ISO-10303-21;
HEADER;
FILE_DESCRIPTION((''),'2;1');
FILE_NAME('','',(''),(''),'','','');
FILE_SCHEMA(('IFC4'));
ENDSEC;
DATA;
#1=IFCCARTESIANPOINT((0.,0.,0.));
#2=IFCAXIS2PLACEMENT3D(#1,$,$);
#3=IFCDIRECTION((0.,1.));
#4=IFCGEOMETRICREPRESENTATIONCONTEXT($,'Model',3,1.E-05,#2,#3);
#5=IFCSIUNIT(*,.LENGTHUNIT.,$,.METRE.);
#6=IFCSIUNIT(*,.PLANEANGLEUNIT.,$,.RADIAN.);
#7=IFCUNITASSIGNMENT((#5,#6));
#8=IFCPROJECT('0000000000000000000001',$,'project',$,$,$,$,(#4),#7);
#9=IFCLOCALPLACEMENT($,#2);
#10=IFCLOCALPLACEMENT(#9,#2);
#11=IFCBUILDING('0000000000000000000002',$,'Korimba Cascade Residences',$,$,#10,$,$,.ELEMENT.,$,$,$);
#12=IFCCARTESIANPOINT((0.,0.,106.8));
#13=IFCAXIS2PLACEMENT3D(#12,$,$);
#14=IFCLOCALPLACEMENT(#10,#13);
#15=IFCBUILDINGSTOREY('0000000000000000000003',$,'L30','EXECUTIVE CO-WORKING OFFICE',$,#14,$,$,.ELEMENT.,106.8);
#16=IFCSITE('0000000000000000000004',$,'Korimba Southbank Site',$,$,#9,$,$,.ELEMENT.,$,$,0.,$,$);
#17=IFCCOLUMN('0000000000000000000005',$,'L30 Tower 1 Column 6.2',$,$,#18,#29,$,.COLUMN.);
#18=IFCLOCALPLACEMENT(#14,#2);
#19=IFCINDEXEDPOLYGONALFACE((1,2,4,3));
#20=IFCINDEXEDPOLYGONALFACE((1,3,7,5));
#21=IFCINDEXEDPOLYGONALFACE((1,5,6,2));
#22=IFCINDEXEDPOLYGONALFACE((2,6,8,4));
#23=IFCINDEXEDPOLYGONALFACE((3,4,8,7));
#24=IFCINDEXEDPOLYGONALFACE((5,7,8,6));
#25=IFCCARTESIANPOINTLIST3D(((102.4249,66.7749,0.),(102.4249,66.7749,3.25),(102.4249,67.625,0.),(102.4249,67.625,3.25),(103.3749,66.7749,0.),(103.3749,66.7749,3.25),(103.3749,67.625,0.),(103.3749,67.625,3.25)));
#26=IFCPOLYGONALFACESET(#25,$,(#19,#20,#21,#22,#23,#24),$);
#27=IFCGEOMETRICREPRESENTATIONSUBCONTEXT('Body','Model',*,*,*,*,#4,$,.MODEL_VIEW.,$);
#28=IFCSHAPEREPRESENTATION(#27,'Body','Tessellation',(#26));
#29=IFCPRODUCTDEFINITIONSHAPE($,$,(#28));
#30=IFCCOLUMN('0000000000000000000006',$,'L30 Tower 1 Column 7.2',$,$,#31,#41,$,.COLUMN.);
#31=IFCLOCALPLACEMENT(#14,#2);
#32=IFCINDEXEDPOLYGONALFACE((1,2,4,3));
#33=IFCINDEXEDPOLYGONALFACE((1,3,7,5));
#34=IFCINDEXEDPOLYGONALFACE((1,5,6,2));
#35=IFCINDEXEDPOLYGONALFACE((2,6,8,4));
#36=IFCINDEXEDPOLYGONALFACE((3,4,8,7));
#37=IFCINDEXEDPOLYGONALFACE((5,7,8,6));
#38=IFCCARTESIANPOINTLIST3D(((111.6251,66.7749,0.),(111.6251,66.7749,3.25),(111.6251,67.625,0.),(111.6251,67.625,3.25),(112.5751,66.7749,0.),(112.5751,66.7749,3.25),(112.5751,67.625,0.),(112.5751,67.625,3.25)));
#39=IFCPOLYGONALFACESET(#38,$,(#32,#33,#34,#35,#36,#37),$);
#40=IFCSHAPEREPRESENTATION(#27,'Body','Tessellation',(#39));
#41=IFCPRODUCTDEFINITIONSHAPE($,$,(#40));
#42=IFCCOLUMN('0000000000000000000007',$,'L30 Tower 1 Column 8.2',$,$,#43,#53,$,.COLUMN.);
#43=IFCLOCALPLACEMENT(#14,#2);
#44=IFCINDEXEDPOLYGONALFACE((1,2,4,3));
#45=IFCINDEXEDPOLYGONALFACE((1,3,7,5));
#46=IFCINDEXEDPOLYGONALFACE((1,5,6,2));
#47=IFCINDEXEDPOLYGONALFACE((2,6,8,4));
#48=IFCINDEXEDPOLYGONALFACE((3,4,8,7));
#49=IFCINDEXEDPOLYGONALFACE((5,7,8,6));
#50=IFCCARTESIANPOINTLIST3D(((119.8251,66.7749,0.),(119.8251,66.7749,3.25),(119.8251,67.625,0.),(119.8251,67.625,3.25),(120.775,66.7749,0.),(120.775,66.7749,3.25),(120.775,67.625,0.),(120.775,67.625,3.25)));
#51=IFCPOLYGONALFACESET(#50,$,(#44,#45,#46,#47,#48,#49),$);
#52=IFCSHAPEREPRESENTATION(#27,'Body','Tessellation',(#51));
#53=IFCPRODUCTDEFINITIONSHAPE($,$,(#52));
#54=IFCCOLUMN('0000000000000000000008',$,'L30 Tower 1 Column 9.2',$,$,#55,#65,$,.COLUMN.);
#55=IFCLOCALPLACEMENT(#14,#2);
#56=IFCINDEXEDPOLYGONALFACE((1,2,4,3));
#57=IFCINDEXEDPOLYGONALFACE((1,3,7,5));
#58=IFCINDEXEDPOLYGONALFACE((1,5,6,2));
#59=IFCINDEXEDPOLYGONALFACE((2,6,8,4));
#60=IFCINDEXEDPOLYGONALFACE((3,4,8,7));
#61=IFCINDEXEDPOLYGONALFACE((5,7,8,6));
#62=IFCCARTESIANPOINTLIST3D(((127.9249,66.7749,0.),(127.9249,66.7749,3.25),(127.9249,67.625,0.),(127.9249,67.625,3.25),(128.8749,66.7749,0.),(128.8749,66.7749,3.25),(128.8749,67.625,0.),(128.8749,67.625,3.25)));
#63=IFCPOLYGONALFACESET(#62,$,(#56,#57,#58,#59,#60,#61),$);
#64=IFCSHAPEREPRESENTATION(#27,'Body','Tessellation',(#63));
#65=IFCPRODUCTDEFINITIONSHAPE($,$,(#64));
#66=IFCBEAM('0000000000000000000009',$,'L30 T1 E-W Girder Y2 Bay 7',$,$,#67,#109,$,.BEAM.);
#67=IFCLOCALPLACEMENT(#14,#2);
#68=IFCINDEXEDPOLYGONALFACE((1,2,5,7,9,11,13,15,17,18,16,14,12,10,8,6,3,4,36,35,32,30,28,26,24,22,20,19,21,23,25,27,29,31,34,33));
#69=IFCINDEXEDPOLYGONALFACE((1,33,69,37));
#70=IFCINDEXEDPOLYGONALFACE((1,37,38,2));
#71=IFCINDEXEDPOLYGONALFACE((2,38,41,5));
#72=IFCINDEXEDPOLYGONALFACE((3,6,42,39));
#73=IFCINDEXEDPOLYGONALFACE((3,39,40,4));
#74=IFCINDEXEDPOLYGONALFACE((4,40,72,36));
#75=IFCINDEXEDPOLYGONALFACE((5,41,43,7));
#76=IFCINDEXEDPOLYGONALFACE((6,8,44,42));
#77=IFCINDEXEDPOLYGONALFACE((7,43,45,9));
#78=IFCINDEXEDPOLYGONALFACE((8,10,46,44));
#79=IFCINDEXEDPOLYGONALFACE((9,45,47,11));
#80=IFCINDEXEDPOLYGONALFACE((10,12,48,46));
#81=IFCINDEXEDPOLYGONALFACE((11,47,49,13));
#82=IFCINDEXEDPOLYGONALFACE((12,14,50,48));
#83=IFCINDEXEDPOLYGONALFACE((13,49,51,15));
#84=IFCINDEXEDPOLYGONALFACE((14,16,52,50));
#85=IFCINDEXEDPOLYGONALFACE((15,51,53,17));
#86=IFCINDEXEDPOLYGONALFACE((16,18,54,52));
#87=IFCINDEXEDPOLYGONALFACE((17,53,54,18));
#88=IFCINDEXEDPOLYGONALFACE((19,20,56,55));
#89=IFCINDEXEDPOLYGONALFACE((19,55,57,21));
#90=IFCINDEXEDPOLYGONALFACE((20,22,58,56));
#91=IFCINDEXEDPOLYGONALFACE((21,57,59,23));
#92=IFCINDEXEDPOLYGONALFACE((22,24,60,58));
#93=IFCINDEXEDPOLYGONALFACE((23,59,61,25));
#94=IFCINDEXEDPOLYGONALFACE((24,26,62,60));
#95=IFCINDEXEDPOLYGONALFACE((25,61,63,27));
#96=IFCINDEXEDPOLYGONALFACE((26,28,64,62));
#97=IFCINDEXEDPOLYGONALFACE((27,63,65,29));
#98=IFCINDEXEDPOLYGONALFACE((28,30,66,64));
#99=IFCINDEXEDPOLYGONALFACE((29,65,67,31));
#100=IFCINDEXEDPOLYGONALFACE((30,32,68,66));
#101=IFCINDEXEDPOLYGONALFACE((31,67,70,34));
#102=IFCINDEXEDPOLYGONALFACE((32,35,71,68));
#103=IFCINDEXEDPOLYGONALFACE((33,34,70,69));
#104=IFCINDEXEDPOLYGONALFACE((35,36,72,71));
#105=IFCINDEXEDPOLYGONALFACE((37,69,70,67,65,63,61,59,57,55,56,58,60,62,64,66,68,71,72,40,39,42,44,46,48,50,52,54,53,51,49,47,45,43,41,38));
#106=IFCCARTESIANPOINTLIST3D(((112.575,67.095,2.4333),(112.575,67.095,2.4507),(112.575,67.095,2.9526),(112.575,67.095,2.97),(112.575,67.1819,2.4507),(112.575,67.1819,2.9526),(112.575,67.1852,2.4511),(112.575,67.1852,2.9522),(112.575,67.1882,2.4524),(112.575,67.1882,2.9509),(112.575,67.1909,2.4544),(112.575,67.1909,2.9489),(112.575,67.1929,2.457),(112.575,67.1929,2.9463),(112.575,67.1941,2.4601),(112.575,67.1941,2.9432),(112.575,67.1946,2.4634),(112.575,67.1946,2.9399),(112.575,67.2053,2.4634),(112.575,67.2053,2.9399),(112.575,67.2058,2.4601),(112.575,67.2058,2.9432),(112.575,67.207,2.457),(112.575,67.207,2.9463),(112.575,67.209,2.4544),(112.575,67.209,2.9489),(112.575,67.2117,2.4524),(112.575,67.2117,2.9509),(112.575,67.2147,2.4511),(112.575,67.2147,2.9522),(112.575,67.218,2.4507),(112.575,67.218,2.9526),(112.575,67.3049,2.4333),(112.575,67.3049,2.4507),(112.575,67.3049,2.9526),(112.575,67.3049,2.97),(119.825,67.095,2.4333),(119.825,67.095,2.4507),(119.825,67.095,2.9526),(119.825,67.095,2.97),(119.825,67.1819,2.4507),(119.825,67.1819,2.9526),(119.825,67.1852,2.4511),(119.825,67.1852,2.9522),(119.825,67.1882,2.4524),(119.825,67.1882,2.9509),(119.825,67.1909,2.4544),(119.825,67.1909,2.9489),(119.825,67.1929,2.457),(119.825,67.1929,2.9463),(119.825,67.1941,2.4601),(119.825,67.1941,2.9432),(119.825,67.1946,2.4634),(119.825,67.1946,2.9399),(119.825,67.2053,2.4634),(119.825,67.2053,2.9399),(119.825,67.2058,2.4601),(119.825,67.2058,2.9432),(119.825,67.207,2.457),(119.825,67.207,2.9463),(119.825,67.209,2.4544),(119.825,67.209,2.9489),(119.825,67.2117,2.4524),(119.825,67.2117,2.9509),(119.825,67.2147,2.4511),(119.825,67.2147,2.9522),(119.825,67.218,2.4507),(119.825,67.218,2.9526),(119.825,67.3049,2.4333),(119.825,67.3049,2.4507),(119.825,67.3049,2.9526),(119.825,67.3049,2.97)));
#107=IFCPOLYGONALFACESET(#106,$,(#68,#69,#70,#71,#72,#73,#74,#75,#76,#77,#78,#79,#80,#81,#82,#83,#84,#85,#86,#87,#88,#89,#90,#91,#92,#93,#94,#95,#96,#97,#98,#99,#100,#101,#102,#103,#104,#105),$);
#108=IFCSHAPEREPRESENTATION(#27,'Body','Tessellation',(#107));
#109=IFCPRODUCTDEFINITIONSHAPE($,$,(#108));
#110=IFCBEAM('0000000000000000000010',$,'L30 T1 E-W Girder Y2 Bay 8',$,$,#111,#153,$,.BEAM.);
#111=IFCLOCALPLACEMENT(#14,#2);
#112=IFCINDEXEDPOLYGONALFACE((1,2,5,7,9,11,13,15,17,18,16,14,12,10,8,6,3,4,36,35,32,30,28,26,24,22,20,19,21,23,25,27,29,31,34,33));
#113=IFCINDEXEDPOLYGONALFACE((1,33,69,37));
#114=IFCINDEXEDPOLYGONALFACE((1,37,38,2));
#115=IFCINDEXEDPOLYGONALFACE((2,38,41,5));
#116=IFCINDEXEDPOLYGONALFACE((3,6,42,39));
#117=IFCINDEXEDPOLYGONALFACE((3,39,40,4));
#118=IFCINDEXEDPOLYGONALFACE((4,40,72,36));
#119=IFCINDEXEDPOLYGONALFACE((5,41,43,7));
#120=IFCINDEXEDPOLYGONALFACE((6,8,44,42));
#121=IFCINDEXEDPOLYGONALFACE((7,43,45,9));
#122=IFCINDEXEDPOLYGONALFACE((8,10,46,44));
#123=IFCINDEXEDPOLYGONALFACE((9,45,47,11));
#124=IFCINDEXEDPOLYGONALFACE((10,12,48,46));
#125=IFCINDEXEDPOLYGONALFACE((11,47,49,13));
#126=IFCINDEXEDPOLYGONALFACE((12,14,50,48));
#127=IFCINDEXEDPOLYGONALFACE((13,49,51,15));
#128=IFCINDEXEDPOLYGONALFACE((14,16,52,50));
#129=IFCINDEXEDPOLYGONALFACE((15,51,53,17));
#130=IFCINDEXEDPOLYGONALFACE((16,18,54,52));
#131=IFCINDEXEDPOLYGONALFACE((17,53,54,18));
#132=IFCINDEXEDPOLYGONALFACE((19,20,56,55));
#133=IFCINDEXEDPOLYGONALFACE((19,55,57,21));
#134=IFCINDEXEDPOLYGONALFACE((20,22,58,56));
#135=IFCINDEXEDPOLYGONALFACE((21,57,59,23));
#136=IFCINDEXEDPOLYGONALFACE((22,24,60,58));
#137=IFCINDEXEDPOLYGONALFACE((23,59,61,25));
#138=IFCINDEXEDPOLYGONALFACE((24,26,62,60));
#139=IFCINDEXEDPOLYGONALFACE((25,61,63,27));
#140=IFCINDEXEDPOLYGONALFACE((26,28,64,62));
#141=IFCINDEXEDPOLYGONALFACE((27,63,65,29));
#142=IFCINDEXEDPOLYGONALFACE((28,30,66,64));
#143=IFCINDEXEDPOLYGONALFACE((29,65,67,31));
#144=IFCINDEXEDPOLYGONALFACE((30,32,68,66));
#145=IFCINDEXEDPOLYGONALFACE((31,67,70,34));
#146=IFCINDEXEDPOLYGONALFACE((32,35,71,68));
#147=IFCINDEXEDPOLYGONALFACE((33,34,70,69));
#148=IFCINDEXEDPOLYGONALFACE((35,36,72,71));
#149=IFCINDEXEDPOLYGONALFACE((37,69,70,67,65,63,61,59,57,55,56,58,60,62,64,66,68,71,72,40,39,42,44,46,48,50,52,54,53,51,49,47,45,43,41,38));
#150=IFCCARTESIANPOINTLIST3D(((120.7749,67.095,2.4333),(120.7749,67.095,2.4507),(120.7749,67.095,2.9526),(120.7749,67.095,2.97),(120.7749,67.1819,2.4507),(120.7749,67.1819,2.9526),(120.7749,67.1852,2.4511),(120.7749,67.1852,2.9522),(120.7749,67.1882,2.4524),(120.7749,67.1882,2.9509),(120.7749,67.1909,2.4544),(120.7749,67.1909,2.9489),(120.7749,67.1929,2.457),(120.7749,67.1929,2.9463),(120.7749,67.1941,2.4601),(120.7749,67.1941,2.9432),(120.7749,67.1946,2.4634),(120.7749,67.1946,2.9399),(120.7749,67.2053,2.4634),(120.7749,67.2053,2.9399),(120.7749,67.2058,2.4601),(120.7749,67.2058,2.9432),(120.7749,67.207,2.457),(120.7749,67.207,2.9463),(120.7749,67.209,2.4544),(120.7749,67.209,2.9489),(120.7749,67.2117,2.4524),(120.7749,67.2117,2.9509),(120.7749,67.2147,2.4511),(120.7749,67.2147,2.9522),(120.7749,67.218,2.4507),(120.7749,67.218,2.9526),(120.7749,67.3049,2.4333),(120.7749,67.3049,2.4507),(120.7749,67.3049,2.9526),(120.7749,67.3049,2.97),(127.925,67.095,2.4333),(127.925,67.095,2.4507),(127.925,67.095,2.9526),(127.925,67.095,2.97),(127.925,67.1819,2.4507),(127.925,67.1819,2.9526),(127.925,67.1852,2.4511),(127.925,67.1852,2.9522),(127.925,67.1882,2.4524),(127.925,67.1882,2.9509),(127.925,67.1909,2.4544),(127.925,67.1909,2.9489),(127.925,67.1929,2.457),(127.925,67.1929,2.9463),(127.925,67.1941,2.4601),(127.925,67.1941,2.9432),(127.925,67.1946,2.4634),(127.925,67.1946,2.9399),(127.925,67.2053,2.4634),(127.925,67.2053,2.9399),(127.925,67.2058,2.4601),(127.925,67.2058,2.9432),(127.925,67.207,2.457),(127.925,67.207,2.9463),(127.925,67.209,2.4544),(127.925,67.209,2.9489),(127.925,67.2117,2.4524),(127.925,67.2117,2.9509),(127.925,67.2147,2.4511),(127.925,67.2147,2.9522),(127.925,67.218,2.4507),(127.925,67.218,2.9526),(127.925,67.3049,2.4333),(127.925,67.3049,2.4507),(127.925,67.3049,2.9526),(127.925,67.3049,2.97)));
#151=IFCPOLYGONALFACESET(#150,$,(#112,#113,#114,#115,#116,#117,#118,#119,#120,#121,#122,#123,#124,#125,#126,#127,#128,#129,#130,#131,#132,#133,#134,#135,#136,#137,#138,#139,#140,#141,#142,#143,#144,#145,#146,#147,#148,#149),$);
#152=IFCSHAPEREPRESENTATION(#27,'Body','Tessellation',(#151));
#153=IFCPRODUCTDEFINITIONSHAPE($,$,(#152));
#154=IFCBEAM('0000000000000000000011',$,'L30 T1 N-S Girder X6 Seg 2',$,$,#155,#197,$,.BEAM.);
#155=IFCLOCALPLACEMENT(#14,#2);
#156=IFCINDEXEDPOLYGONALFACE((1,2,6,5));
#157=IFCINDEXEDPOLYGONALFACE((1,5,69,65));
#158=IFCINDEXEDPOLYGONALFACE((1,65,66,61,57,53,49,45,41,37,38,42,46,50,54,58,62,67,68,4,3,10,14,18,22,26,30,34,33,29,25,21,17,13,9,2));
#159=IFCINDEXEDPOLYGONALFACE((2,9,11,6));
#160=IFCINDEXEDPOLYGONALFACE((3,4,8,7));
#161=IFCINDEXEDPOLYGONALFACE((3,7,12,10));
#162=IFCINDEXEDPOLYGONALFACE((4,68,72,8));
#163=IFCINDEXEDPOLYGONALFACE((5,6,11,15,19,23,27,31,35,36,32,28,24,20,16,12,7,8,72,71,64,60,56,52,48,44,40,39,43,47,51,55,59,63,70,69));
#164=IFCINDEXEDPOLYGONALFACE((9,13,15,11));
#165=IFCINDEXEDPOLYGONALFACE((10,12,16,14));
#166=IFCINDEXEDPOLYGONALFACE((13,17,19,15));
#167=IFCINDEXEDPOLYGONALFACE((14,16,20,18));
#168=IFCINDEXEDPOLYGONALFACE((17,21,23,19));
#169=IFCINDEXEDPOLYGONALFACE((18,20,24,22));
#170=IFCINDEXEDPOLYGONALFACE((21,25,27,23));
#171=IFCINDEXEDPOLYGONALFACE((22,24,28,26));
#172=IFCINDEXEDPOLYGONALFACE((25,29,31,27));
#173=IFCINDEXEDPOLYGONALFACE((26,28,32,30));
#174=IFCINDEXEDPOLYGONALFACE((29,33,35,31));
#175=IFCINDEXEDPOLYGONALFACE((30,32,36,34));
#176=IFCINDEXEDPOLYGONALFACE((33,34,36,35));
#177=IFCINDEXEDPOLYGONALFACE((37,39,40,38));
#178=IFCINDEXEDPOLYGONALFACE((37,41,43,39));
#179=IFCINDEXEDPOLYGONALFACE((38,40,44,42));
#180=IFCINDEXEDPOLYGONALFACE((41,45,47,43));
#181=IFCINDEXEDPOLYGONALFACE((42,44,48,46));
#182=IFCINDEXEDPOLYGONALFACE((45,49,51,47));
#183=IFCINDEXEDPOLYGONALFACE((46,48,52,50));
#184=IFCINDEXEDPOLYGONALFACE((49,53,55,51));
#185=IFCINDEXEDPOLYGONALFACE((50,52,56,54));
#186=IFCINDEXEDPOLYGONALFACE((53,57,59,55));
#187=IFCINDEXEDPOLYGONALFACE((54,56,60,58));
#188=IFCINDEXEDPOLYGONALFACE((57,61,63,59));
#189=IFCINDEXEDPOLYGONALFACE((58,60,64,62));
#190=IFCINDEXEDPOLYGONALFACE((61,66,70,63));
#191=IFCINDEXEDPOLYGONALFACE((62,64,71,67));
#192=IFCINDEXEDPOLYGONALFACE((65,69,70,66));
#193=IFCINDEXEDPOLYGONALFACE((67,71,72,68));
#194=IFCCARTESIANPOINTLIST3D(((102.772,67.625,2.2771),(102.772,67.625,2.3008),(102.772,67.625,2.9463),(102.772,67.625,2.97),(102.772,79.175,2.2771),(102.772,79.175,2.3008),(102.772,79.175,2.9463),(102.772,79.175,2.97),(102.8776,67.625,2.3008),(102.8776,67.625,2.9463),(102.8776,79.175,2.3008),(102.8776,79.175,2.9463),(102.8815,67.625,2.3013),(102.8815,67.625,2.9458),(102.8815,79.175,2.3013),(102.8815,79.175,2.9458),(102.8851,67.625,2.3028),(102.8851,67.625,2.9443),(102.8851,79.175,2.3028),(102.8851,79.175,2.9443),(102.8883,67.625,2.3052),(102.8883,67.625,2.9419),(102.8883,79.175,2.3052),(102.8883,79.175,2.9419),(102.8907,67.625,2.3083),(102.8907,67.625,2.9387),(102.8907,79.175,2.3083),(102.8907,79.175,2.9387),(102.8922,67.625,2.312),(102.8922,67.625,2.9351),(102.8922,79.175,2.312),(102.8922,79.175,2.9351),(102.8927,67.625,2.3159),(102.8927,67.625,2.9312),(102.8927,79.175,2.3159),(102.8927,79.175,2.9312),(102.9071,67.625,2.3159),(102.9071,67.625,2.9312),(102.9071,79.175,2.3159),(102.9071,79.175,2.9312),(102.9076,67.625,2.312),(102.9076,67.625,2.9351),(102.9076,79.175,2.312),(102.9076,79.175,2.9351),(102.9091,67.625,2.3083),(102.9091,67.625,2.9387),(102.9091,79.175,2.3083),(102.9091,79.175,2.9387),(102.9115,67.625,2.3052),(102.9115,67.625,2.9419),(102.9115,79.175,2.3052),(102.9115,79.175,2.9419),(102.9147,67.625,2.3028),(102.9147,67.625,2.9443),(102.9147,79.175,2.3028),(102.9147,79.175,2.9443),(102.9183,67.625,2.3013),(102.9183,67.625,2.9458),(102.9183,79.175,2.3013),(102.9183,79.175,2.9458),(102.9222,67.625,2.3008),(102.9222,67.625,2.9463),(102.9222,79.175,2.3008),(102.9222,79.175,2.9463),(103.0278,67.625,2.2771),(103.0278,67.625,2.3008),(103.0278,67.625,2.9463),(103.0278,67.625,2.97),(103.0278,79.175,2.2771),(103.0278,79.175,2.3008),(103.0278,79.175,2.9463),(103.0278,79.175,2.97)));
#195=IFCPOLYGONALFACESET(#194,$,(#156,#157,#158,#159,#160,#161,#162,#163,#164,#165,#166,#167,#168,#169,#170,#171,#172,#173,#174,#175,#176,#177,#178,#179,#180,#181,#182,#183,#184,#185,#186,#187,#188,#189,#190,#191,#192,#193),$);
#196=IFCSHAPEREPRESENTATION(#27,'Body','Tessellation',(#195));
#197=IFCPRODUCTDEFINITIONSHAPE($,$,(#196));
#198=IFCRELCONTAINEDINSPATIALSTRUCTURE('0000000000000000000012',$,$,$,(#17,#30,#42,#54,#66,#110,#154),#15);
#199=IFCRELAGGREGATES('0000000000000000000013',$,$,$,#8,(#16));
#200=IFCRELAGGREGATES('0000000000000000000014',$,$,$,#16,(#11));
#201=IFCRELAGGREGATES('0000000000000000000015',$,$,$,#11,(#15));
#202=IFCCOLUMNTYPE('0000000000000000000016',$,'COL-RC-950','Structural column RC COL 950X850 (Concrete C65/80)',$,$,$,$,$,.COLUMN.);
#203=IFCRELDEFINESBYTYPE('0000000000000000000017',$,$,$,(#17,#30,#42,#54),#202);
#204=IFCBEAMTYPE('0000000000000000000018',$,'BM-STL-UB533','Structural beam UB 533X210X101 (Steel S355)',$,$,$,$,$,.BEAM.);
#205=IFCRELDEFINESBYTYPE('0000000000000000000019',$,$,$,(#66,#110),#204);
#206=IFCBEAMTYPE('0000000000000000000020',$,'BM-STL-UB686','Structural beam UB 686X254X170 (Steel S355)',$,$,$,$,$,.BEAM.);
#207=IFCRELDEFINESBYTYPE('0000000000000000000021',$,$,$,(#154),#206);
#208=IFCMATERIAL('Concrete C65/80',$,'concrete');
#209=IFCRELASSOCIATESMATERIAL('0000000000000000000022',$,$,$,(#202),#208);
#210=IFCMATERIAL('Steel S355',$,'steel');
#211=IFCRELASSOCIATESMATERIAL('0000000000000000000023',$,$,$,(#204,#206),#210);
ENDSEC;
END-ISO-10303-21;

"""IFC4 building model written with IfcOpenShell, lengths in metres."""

from ifc_helpers import new_model, si_unit, direction, frame, origin, origin_2d, place, context, subcontext, project, spatial, rectangle, i_section, extrude, material, material_profile, profile_set, type_object, element, save


model = new_model("IFC4")

# Units and contexts
model_context = context("Model", 3, precision=1e-05, world=origin(), true_north=direction((0.0, 1.0)))
body_context = subcontext(model_context, "Body", "Model", "MODEL_VIEW")
ifc_project = project(units=[si_unit("LENGTHUNIT", "METRE"), si_unit("PLANEANGLEUNIT", "RADIAN")], contexts=[model_context])

# Site, building, storey
site_placement = place(None, origin())
site = spatial("IfcSite", under=ifc_project, at=site_placement, Name="Korimba Southbank Site", CompositionType="ELEMENT", RefElevation=0.0)
building_placement = place(site_placement, origin())
building = spatial("IfcBuilding", under=site, at=building_placement, Name="Korimba Cascade Residences", CompositionType="ELEMENT")
storey_placement = place(building_placement, frame((0.0, 0.0, 106.8)))
storey = spatial("IfcBuildingStorey", under=building, at=storey_placement, Name="L30", Description="EXECUTIVE CO-WORKING OFFICE", CompositionType="ELEMENT", Elevation=106.8)

# Columns
ifc_material_1 = material(Name="Concrete C65/80", Category="concrete")
ifc_material_profile_1 = material_profile(ifc_material_1, rectangle(XDim=0.95, YDim=0.8501, at=origin_2d()), Name="Concrete C65/80")
ifc_profile_set_1 = profile_set([ifc_material_profile_1], Name="Concrete C65/80")
column_type = type_object("IfcColumnType", Name="COL-RC-950", Description="Structural column RC COL 950X850 (Concrete C65/80)", PredefinedType="COLUMN", material=ifc_profile_set_1)
for number, where, z_axis, x_axis, name in (
    (1, (102.8999, 67.2, 0.0), (0.0, 0.0, 1.0), (1.0, 0.0, 0.0), "L30 Tower 1 Column 6.2"),
    (2, (112.1001, 67.2, 0.0), (0.0, 0.0, 1.0), (1.0, 0.0, 0.0), "L30 Tower 1 Column 7.2"),
    (3, (120.3, 67.2, 0.0), (0.0, 0.0, 1.0), (1.0, 0.0, 0.0), "L30 Tower 1 Column 8.2"),
    (4, (128.3999, 67.2, 0.0), (0.0, 0.0, 1.0), (1.0, 0.0, 0.0), "L30 Tower 1 Column 9.2"),
):
    element("IfcColumn", number, at=place(storey_placement, frame(where, z_axis=z_axis, x_axis=x_axis)), inside=storey, type_object=column_type, Name=name, PredefinedType="COLUMN", context=body_context, shape_type="SweptSolid", body=[
        extrude(rectangle(XDim=0.95, YDim=0.8501, at=origin_2d()), origin(), (0.0, 0.0, 1.0), 3.25),
    ])

# Beams
ifc_material_2 = material(Name="Steel S355", Category="steel")
ifc_material_profile_2 = material_profile(ifc_material_2, i_section(OverallWidth=0.21, OverallDepth=0.5366, WebThickness=0.0107, FlangeThickness=0.0173, FilletRadius=0.0127, at=origin_2d()), Name="Steel S355")
ifc_profile_set_2 = profile_set([ifc_material_profile_2], Name="Steel S355")
beam_type_1 = type_object("IfcBeamType", Name="BM-STL-UB533", Description="Structural beam UB 533X210X101 (Steel S355)", PredefinedType="BEAM", material=ifc_profile_set_2)
beam_1_placement = place(storey_placement, frame((112.575, 67.2, 2.7017), z_axis=(1.0, 0.0, 0.0), x_axis=(0.0, 1.0, 0.0)))
element("IfcBeam", 5, at=beam_1_placement, inside=storey, type_object=beam_type_1, Name="L30 T1 E-W Girder Y2 Bay 7", PredefinedType="BEAM", context=body_context, shape_type="SweptSolid", body=[
    extrude(i_section(OverallWidth=0.21, OverallDepth=0.5366, WebThickness=0.0107, FlangeThickness=0.0173, FilletRadius=0.0127, at=origin_2d()), origin(), (0.0, 0.0, 1.0), 7.25),
])
beam_2_placement = place(storey_placement, frame((120.7749, 67.2, 2.7017), z_axis=(1.0, 0.0, 0.0), x_axis=(0.0, 1.0, 0.0)))
element("IfcBeam", 6, at=beam_2_placement, inside=storey, type_object=beam_type_1, Name="L30 T1 E-W Girder Y2 Bay 8", PredefinedType="BEAM", context=body_context, shape_type="SweptSolid", body=[
    extrude(i_section(OverallWidth=0.21, OverallDepth=0.5366, WebThickness=0.0107, FlangeThickness=0.0173, FilletRadius=0.0127, at=origin_2d()), origin(), (0.0, 0.0, 1.0), 7.1501),
])
ifc_material_profile_3 = material_profile(ifc_material_2, i_section(OverallWidth=0.2559, OverallDepth=0.6929, WebThickness=0.0144, FlangeThickness=0.0237, FilletRadius=0.0151, at=origin_2d()), Name="Steel S355")
ifc_profile_set_3 = profile_set([ifc_material_profile_3], Name="Steel S355")
beam_type_2 = type_object("IfcBeamType", Name="BM-STL-UB686", Description="Structural beam UB 686X254X170 (Steel S355)", PredefinedType="BEAM", material=ifc_profile_set_3)
beam_3_placement = place(storey_placement, frame((102.8999, 67.625, 2.6235), z_axis=(0.0, 1.0, 0.0), x_axis=(-1.0, 0.0, 0.0)))
element("IfcBeam", 7, at=beam_3_placement, inside=storey, type_object=beam_type_2, Name="L30 T1 N-S Girder X6 Seg 2", PredefinedType="BEAM", context=body_context, shape_type="SweptSolid", body=[
    extrude(i_section(OverallWidth=0.2559, OverallDepth=0.6929, WebThickness=0.0144, FlangeThickness=0.0237, FilletRadius=0.0151, at=origin_2d()), origin(), (0.0, 0.0, 1.0), 11.55),
])

save(model, "model.ifc")
